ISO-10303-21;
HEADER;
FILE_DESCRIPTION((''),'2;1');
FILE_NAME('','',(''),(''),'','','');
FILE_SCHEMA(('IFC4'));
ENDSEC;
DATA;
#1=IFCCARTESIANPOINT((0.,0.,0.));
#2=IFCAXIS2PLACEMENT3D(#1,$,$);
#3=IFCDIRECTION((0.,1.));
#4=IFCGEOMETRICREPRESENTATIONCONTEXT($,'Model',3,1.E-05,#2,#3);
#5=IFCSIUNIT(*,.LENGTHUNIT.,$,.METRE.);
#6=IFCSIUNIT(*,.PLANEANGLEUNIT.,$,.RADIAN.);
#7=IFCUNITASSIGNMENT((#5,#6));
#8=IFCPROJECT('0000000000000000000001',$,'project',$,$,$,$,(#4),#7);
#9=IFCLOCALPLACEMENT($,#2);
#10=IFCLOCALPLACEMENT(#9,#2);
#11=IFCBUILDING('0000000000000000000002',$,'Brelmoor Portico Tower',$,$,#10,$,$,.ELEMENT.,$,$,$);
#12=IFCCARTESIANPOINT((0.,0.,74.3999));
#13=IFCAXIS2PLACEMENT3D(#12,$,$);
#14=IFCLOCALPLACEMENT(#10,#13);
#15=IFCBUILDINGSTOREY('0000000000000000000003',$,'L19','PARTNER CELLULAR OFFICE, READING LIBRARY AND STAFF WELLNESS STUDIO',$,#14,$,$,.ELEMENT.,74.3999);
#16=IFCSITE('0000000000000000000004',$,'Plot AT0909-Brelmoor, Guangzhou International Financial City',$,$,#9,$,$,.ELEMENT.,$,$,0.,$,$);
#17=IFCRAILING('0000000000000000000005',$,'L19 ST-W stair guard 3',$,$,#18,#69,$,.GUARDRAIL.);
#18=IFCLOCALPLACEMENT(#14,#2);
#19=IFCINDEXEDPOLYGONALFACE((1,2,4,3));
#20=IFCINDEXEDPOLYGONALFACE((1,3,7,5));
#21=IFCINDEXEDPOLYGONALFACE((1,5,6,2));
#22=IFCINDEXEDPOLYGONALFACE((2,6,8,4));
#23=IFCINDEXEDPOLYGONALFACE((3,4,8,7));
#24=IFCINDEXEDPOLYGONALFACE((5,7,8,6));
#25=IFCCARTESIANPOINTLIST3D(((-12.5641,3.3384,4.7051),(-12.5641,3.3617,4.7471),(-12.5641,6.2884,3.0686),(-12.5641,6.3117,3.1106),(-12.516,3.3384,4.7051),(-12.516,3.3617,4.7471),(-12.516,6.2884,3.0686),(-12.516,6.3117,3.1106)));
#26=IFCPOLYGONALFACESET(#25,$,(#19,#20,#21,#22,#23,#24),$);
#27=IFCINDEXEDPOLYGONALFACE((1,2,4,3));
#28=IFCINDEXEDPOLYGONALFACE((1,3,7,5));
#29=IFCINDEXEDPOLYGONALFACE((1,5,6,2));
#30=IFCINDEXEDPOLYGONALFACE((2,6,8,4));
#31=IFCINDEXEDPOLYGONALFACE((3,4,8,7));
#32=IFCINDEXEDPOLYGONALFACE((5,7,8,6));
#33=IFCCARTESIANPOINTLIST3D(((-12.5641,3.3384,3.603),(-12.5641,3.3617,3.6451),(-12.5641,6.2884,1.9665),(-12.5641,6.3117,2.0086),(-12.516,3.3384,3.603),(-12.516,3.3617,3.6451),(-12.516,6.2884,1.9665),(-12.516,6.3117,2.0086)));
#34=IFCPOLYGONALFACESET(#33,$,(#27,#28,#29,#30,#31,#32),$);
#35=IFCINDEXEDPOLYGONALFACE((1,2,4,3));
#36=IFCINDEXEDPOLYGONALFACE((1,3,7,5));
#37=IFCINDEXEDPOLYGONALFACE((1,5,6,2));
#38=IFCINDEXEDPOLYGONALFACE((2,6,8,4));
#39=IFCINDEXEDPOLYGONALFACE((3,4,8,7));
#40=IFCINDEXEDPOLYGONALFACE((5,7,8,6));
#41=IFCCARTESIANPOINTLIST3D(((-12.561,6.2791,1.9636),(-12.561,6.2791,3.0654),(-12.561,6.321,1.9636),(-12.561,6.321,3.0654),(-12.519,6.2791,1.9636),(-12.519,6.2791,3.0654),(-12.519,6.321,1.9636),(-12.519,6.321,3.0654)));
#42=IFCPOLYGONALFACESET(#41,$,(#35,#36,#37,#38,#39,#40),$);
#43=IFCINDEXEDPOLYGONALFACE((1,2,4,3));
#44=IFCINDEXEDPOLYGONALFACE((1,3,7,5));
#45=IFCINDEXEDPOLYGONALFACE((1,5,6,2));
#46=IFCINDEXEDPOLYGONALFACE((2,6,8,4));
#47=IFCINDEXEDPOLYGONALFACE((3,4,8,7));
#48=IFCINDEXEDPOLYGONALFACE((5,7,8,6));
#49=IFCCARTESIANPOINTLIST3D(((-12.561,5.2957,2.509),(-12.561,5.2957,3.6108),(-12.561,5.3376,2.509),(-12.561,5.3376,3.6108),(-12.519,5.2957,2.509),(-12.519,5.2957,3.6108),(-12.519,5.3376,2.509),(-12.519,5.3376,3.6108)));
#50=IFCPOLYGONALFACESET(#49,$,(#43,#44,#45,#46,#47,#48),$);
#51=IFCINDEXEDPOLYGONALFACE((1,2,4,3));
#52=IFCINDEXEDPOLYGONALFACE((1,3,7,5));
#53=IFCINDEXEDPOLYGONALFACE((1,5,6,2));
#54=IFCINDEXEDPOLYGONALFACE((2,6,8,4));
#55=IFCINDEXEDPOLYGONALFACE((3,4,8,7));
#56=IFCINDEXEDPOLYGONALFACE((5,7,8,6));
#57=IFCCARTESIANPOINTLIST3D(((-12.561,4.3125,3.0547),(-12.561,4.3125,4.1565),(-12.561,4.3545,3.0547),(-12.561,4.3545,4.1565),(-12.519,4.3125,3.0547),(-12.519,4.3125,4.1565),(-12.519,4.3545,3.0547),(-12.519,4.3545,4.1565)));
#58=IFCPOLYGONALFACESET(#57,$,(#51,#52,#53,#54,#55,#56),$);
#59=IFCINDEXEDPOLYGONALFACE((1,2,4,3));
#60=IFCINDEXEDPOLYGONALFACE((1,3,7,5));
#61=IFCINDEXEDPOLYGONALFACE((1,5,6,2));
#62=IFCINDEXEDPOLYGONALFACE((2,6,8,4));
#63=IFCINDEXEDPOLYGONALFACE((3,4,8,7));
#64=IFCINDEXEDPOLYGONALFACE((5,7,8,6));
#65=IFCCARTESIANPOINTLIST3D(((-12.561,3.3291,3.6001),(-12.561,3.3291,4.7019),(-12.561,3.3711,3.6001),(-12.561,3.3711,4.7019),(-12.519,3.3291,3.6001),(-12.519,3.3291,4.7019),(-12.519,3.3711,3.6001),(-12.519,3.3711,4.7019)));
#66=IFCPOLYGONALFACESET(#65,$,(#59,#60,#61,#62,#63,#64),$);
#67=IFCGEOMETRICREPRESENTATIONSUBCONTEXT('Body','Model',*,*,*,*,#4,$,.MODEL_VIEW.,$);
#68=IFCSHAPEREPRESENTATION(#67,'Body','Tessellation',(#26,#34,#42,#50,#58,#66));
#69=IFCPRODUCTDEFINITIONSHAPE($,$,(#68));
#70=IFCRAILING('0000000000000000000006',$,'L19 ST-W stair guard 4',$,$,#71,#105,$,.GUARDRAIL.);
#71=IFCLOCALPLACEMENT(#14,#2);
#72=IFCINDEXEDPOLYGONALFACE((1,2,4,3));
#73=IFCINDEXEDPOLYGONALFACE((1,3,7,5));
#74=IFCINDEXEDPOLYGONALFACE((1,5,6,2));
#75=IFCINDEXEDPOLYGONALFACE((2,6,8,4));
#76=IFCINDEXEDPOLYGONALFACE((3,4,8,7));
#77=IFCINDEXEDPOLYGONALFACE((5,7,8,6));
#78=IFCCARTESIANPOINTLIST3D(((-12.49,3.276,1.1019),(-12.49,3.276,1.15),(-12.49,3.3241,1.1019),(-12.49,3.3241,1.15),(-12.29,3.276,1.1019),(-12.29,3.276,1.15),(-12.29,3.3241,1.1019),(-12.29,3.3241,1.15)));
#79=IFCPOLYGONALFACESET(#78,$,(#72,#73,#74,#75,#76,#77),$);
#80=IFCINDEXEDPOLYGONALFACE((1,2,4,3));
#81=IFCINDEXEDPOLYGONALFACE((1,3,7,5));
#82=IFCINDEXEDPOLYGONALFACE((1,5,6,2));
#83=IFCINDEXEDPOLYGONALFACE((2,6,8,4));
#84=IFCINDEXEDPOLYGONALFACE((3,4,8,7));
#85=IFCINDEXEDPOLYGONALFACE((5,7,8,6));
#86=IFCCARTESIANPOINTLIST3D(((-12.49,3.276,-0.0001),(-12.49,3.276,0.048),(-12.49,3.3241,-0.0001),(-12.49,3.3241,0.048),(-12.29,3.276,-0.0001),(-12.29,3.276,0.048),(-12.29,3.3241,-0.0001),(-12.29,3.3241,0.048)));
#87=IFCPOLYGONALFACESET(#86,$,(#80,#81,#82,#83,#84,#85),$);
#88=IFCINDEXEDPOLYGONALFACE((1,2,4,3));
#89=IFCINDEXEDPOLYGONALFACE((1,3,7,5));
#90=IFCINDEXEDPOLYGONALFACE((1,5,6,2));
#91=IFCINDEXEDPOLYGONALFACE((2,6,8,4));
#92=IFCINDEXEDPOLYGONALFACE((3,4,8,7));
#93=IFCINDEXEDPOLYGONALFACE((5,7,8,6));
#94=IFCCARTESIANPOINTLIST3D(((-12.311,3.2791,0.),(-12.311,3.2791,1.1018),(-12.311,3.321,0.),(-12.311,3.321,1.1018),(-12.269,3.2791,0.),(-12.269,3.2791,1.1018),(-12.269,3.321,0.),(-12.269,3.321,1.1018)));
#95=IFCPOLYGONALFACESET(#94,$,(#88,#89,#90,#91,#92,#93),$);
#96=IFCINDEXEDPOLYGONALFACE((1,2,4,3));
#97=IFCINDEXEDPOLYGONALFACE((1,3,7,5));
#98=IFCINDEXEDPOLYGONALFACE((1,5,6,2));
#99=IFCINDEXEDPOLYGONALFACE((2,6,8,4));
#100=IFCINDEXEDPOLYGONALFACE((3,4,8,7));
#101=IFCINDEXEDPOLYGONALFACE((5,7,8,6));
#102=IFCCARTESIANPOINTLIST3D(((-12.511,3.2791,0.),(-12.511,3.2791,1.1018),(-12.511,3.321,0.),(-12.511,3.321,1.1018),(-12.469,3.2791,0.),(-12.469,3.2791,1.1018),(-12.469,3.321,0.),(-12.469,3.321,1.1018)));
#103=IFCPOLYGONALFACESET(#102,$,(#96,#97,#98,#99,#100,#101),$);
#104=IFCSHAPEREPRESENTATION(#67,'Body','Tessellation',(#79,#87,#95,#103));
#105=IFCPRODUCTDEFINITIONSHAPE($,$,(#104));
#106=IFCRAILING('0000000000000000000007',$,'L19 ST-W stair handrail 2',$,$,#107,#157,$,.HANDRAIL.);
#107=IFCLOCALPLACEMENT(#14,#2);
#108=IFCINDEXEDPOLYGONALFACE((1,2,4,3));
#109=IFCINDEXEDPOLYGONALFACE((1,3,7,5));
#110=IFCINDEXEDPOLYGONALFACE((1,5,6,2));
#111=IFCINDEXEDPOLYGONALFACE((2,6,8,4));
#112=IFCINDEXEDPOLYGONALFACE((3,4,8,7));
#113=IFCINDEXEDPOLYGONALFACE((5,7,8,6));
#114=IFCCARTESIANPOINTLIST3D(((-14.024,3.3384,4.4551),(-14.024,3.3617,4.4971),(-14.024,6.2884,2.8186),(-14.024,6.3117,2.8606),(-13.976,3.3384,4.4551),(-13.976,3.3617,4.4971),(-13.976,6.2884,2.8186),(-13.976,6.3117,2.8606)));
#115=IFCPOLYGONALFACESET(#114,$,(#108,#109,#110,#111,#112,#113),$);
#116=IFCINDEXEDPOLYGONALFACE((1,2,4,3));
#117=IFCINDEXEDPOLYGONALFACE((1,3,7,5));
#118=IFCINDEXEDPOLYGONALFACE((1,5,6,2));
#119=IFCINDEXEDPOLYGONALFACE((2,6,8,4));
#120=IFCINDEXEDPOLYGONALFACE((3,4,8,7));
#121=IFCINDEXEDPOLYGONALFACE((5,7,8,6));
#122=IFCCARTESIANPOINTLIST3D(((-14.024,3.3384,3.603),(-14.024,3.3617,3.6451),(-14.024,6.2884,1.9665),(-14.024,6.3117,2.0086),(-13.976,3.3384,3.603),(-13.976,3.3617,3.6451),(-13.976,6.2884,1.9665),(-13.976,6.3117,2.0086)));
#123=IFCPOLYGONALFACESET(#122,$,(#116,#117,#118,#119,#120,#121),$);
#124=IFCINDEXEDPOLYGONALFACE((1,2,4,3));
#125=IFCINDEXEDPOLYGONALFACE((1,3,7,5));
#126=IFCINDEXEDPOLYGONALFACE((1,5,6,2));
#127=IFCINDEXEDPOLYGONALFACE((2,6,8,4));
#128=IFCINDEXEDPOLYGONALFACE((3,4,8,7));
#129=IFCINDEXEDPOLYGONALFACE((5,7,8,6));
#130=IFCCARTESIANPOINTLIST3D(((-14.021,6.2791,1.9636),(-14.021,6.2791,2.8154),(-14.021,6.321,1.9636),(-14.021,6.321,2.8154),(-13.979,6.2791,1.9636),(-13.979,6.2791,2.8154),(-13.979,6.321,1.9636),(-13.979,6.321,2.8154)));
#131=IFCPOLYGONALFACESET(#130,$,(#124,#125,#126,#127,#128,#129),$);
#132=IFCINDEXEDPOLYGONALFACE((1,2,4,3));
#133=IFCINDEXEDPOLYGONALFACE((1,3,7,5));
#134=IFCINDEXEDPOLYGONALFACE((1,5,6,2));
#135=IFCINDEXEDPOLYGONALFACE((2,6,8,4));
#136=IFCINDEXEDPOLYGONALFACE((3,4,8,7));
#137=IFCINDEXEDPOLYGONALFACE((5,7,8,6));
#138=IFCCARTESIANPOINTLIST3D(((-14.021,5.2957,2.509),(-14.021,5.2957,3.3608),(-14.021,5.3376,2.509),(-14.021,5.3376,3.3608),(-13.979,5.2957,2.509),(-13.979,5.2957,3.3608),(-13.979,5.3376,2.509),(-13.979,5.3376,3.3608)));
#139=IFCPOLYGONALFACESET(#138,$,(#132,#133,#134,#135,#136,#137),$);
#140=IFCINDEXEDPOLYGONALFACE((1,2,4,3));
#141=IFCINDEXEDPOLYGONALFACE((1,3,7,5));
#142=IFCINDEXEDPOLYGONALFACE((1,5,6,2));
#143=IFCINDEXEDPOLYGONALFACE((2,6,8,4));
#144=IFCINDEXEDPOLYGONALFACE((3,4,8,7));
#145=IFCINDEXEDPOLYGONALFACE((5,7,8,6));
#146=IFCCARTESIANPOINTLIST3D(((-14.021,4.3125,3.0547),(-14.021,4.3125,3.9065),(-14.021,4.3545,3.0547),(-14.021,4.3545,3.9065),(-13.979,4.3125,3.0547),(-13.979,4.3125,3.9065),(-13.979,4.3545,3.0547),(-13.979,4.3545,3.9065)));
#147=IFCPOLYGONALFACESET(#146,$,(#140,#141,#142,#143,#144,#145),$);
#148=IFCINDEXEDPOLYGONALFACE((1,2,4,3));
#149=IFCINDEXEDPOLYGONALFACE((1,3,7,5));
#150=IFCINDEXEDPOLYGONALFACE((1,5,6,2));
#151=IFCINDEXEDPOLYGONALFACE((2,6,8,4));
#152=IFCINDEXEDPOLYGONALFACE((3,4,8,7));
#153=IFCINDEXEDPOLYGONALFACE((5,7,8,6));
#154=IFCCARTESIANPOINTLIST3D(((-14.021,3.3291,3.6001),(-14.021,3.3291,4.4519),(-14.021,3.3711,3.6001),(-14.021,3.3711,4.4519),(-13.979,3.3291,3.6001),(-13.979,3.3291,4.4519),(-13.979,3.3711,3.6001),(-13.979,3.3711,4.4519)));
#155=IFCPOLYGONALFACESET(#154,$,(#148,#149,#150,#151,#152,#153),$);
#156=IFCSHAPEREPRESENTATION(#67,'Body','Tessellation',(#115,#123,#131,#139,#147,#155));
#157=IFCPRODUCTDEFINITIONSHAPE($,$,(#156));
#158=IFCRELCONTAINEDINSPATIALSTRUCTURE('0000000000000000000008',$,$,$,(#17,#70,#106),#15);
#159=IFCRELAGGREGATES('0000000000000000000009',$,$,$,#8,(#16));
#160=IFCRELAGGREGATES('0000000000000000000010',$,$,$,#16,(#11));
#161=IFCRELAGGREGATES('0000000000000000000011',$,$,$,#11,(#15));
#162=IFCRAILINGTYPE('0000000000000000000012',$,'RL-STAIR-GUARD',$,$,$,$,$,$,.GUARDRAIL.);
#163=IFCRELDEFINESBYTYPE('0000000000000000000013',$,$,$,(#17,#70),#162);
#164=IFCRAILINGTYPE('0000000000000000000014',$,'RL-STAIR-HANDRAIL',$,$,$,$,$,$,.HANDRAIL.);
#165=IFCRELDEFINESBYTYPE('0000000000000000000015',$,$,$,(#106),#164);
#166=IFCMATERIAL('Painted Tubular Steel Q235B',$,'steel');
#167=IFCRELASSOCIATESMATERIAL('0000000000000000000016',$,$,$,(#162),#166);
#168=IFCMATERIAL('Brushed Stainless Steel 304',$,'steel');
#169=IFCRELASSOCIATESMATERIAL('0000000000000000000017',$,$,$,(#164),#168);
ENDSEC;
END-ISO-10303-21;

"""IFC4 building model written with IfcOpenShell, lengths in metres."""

from ifc_helpers import new_model, si_unit, direction, frame, origin, origin_2d, place, context, subcontext, project, spatial, rectangle, extrude, material, type_object, element, save


model = new_model("IFC4")

# Units and contexts
model_context = context("Model", 3, precision=1e-05, world=origin(), true_north=direction((0.0, 1.0)))
body_context = subcontext(model_context, "Body", "Model", "MODEL_VIEW")
ifc_project = project(units=[si_unit("LENGTHUNIT", "METRE"), si_unit("PLANEANGLEUNIT", "RADIAN")], contexts=[model_context])

# Site, building, storey
site_placement = place(None, origin())
site = spatial("IfcSite", under=ifc_project, at=site_placement, Name="Plot AT0909-Brelmoor, Guangzhou International Financial City", CompositionType="ELEMENT", RefElevation=0.0)
building_placement = place(site_placement, origin())
building = spatial("IfcBuilding", under=site, at=building_placement, Name="Brelmoor Portico Tower", CompositionType="ELEMENT")
storey_placement = place(building_placement, frame((0.0, 0.0, 74.3999)))
storey = spatial("IfcBuildingStorey", under=building, at=storey_placement, Name="L19", Description="PARTNER CELLULAR OFFICE, READING LIBRARY AND STAFF WELLNESS STUDIO", CompositionType="ELEMENT", Elevation=74.3999)

# Railings
ifc_material_1 = material(Name="Painted Tubular Steel Q235B", Category="steel")
railing_type_1 = type_object("IfcRailingType", Name="RL-STAIR-GUARD", PredefinedType="GUARDRAIL", material=ifc_material_1)
railing_1_placement = place(storey_placement, frame((-12.54, 6.3, 1.9636)))
element("IfcRailing", 1, at=railing_1_placement, inside=storey, type_object=railing_type_1, Name="L19 ST-W stair guard 3", PredefinedType="GUARDRAIL", context=body_context, shape_type="SweptSolid", body=[
    extrude(rectangle(XDim=0.0481, YDim=0.0481, at=origin_2d()), frame((0.0, 0.0, 1.126), z_axis=(0.0, -0.874458, 0.485102), x_axis=(1.0, 0.0, 0.0)), (0.0, 0.0, 1.0), 3.3735),
    extrude(rectangle(XDim=0.0481, YDim=0.0481, at=origin_2d()), frame((0.0, 0.0, 0.0239), z_axis=(0.0, -0.874458, 0.485102), x_axis=(1.0, 0.0, 0.0)), (0.0, 0.0, 1.0), 3.3735),
    extrude(rectangle(XDim=0.042, YDim=0.042, at=origin_2d()), origin(), (0.0, 0.0, 1.0), 1.1018),
    extrude(rectangle(XDim=0.042, YDim=0.042, at=origin_2d()), frame((0.0, -0.9834, 0.5454)), (0.0, 0.0, 1.0), 1.1018),
    extrude(rectangle(XDim=0.042, YDim=0.042, at=origin_2d()), frame((0.0, -1.9666, 1.0911)), (0.0, 0.0, 1.0), 1.1018),
    extrude(rectangle(XDim=0.042, YDim=0.042, at=origin_2d()), frame((0.0, -2.95, 1.6365)), (0.0, 0.0, 1.0), 1.1018),
])
railing_2_placement = place(storey_placement, frame((-12.29, 3.3, 0.0)))
element("IfcRailing", 2, at=railing_2_placement, inside=storey, type_object=railing_type_1, Name="L19 ST-W stair guard 4", PredefinedType="GUARDRAIL", context=body_context, shape_type="SweptSolid", body=[
    extrude(rectangle(XDim=0.0481, YDim=0.0481, at=origin_2d()), frame((0.0, 0.0, 1.126), z_axis=(-1.0, 0.0, 0.0), x_axis=(0.0, -1.0, 0.0)), (0.0, 0.0, 1.0), 0.2),
    extrude(rectangle(XDim=0.0481, YDim=0.0481, at=origin_2d()), frame((0.0, 0.0, 0.0239), z_axis=(-1.0, 0.0, 0.0), x_axis=(0.0, -1.0, 0.0)), (0.0, 0.0, 1.0), 0.2),
    extrude(rectangle(XDim=0.042, YDim=0.042, at=origin_2d()), origin(), (0.0, 0.0, 1.0), 1.1018),
    extrude(rectangle(XDim=0.042, YDim=0.042, at=origin_2d()), frame((-0.2, 0.0, 0.0)), (0.0, 0.0, 1.0), 1.1018),
])
ifc_material_2 = material(Name="Brushed Stainless Steel 304", Category="steel")
railing_type_2 = type_object("IfcRailingType", Name="RL-STAIR-HANDRAIL", PredefinedType="HANDRAIL", material=ifc_material_2)
railing_3_placement = place(storey_placement, frame((-14.0, 6.3, 1.9636)))
element("IfcRailing", 3, at=railing_3_placement, inside=storey, type_object=railing_type_2, Name="L19 ST-W stair handrail 2", PredefinedType="HANDRAIL", context=body_context, shape_type="SweptSolid", body=[
    extrude(rectangle(XDim=0.0481, YDim=0.0481, at=origin_2d()), frame((0.0, 0.0, 0.876), z_axis=(0.0, -0.874458, 0.485102), x_axis=(1.0, 0.0, 0.0)), (0.0, 0.0, 1.0), 3.3735),
    extrude(rectangle(XDim=0.0481, YDim=0.0481, at=origin_2d()), frame((0.0, 0.0, 0.0239), z_axis=(0.0, -0.874458, 0.485102), x_axis=(1.0, 0.0, 0.0)), (0.0, 0.0, 1.0), 3.3735),
    extrude(rectangle(XDim=0.042, YDim=0.042, at=origin_2d()), origin(), (0.0, 0.0, 1.0), 0.8518),
    extrude(rectangle(XDim=0.042, YDim=0.042, at=origin_2d()), frame((0.0, -0.9834, 0.5454)), (0.0, 0.0, 1.0), 0.8518),
    extrude(rectangle(XDim=0.042, YDim=0.042, at=origin_2d()), frame((0.0, -1.9666, 1.0911)), (0.0, 0.0, 1.0), 0.8518),
    extrude(rectangle(XDim=0.042, YDim=0.042, at=origin_2d()), frame((0.0, -2.95, 1.6365)), (0.0, 0.0, 1.0), 0.8518),
])

save(model, "model.ifc")
